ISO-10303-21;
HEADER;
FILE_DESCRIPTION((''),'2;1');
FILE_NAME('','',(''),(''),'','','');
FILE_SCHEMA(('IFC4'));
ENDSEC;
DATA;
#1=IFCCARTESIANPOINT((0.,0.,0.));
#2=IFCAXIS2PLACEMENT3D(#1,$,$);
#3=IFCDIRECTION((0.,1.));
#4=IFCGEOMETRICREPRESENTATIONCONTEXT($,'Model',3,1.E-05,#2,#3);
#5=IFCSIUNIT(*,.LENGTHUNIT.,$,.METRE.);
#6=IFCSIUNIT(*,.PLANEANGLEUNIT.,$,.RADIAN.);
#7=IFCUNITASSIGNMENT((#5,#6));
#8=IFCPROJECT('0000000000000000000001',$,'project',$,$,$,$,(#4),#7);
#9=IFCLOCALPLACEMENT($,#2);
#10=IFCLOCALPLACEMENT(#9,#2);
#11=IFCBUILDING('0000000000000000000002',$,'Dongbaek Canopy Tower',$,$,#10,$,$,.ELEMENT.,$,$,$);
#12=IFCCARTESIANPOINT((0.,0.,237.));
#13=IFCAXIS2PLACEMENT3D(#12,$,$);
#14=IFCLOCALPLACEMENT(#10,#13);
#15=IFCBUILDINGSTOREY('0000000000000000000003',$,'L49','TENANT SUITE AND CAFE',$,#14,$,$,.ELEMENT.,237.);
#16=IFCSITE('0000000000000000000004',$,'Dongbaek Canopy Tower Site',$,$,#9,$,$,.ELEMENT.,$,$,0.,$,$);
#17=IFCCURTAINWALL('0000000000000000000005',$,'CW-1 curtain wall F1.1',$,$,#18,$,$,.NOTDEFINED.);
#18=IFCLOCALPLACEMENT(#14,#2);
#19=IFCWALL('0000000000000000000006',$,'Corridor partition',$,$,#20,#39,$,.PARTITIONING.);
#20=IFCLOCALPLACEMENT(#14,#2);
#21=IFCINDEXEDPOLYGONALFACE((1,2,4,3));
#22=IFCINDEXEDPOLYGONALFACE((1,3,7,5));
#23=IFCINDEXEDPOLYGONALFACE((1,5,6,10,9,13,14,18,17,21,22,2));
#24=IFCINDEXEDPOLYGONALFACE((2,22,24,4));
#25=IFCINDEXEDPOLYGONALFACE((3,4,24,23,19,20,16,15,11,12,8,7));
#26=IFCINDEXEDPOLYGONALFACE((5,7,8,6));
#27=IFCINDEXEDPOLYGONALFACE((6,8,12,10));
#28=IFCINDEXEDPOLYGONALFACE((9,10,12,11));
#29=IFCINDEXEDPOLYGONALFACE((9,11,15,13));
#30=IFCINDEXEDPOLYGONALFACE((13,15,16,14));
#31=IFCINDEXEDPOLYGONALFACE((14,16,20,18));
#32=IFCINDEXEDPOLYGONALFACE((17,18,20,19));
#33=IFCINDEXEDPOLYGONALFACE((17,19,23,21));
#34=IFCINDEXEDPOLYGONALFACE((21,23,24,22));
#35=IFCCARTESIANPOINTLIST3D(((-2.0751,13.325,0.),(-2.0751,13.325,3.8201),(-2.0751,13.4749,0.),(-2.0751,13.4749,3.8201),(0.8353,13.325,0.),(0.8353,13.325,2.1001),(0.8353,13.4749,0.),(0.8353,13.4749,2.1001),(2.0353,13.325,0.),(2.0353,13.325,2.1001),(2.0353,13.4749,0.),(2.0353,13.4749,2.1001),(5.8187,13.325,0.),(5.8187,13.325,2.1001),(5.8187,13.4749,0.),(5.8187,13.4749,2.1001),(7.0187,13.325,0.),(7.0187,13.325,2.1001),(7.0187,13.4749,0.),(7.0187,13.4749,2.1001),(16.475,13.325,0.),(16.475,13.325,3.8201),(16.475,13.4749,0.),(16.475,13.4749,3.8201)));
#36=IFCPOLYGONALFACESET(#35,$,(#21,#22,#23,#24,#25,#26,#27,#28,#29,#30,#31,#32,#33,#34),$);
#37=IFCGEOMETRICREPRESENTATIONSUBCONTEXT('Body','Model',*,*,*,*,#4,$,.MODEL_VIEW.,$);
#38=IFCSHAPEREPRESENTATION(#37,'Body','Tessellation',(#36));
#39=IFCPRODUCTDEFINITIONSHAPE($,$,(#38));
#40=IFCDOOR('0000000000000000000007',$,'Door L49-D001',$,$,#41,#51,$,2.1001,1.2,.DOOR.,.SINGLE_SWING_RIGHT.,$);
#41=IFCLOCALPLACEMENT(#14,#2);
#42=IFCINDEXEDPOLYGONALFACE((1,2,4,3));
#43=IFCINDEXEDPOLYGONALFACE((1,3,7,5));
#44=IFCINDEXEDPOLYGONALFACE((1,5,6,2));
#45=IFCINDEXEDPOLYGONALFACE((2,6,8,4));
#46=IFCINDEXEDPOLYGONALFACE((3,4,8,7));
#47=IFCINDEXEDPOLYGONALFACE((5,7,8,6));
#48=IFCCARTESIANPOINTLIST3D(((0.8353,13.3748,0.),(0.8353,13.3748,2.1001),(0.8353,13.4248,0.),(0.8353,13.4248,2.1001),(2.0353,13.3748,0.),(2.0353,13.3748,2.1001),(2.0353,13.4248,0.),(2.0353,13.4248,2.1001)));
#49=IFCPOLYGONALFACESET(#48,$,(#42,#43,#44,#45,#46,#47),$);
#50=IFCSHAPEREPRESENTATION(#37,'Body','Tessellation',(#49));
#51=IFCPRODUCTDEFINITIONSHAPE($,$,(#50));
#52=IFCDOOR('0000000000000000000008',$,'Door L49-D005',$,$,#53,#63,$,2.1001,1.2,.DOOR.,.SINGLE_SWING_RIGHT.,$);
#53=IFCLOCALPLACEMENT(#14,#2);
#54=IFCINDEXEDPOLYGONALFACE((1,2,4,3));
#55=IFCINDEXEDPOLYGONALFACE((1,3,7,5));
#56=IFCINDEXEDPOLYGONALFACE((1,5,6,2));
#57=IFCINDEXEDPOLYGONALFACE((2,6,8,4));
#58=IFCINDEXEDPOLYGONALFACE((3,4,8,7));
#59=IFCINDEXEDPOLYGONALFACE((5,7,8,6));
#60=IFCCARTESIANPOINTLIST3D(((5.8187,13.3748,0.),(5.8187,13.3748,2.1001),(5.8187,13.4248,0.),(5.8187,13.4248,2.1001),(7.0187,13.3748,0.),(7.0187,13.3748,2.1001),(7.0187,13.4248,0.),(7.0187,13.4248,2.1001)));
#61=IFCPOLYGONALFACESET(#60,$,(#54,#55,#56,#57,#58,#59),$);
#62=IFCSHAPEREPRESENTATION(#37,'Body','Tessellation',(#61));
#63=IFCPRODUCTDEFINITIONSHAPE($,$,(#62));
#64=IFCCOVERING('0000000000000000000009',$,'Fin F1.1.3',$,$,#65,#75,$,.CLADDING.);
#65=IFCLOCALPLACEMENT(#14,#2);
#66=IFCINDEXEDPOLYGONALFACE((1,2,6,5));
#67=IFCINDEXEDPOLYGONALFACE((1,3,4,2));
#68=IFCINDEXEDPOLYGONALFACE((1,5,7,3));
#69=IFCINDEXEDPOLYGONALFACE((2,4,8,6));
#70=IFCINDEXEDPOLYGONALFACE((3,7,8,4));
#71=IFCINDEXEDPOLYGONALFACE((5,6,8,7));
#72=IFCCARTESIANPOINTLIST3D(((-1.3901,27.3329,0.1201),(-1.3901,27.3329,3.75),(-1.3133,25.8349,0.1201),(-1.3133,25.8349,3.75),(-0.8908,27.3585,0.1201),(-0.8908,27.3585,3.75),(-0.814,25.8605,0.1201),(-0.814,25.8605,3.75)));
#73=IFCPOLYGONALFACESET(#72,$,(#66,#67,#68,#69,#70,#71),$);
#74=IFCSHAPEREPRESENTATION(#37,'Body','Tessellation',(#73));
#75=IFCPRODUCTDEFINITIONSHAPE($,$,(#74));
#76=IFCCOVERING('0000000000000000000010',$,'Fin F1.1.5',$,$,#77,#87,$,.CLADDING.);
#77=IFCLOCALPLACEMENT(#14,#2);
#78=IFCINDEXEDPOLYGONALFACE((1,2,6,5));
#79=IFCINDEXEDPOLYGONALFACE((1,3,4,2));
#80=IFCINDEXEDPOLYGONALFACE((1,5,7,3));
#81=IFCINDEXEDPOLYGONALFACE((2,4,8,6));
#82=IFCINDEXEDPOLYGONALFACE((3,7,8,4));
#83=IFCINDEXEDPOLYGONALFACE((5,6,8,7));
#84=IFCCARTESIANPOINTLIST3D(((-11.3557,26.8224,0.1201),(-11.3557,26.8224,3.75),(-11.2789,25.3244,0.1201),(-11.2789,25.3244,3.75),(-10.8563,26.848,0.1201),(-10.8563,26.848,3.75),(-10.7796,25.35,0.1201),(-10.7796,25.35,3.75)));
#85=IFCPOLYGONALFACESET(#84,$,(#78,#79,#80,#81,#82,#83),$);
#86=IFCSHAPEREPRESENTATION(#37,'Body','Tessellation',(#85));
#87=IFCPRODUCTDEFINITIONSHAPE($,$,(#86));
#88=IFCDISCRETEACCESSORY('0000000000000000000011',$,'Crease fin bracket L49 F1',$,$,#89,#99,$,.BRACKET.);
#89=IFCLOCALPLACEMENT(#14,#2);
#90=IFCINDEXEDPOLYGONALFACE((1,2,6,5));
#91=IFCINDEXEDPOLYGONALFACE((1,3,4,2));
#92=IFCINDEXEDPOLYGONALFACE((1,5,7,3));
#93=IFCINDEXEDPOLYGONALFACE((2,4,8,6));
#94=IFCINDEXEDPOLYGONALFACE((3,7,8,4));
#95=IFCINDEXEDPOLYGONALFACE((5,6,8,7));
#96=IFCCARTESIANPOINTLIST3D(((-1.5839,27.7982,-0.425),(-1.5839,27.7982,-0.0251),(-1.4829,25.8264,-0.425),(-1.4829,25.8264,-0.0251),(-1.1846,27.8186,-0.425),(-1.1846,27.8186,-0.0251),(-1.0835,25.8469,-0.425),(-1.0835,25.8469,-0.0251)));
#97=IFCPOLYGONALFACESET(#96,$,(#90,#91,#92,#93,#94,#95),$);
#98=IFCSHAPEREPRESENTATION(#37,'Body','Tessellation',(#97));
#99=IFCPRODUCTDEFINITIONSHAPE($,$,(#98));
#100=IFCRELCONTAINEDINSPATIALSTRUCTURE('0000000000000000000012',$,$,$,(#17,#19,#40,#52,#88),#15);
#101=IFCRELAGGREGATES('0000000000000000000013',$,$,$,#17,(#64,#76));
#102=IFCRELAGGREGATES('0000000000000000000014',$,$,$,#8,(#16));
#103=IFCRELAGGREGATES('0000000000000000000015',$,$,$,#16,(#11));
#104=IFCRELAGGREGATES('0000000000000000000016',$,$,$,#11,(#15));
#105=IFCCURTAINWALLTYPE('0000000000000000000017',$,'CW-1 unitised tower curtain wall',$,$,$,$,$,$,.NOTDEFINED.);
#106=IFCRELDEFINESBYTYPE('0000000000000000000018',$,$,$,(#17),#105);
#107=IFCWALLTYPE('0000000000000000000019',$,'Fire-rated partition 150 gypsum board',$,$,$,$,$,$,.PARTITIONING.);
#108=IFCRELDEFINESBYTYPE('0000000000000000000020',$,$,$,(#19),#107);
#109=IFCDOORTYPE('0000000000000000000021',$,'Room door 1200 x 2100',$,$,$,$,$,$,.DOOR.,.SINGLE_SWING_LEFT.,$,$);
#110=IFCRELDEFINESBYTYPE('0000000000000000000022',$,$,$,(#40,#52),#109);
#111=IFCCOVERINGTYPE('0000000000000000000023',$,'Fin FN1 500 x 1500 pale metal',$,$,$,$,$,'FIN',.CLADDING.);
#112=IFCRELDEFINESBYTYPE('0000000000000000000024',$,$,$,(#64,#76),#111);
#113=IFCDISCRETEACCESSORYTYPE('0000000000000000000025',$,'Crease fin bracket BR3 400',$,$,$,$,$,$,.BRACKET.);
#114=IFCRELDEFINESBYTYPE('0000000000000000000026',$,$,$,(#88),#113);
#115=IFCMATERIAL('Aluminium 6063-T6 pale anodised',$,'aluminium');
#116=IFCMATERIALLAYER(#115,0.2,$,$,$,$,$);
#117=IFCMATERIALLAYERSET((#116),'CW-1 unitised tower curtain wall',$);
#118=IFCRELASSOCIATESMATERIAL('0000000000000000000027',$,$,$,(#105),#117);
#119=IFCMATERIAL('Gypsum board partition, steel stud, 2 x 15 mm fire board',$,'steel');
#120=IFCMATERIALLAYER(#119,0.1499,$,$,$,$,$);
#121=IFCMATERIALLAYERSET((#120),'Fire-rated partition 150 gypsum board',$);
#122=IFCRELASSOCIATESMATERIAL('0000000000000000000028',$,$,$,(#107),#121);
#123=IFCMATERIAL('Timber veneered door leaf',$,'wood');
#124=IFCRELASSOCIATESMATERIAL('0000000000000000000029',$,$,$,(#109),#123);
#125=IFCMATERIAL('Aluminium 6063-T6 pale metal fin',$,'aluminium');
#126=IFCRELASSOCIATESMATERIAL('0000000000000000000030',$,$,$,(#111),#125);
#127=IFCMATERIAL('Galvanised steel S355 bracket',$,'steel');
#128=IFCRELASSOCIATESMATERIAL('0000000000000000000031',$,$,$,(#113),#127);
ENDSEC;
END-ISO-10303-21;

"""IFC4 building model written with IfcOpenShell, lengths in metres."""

from ifc_helpers import new_model, si_unit, direction, frame, frame_2d, origin, origin_2d, place, context, subcontext, project, spatial, rectangle, extrude, material, layer, layer_set, material_profile, profile_set, type_object, element, fill, aggregate, save


model = new_model("IFC4")

# Units and contexts
model_context = context("Model", 3, precision=1e-05, world=origin(), true_north=direction((0.0, 1.0)))
body_context = subcontext(model_context, "Body", "Model", "MODEL_VIEW")
ifc_project = project(units=[si_unit("LENGTHUNIT", "METRE"), si_unit("PLANEANGLEUNIT", "RADIAN")], contexts=[model_context])

# Site, building, storey
site_placement = place(None, origin())
site = spatial("IfcSite", under=ifc_project, at=site_placement, Name="Dongbaek Canopy Tower Site", CompositionType="ELEMENT", RefElevation=0.0)
building_placement = place(site_placement, origin())
building = spatial("IfcBuilding", under=site, at=building_placement, Name="Dongbaek Canopy Tower", CompositionType="ELEMENT")
storey_placement = place(building_placement, frame((0.0, 0.0, 237.0)))
storey = spatial("IfcBuildingStorey", under=building, at=storey_placement, Name="L49", Description="TENANT SUITE AND CAFE", CompositionType="ELEMENT", Elevation=237.0)

# Curtain wall
ifc_material_1 = material(Name="Aluminium 6063-T6 pale anodised", Category="aluminium")
ifc_layer_1 = layer(ifc_material_1, 0.2)
ifc_layer_set_1 = layer_set([ifc_layer_1], Name="CW-1 unitised tower curtain wall")
curtain_wall_type = type_object("IfcCurtainWallType", Name="CW-1 unitised tower curtain wall", PredefinedType="NOTDEFINED", material=ifc_layer_set_1)
curtain_wall_1_placement = place(storey_placement, origin())
curtain_wall_1 = element("IfcCurtainWall", 1, at=curtain_wall_1_placement, inside=storey, type_object=curtain_wall_type, Name="CW-1 curtain wall F1.1", PredefinedType="NOTDEFINED")

# Wall, openings, doors
ifc_material_2 = material(Name="Gypsum board partition, steel stud, 2 x 15 mm fire board", Category="steel")
ifc_layer_2 = layer(ifc_material_2, 0.1499)
ifc_layer_set_2 = layer_set([ifc_layer_2], Name="Fire-rated partition 150 gypsum board")
wall_type = type_object("IfcWallType", Name="Fire-rated partition 150 gypsum board", PredefinedType="PARTITIONING", material=ifc_layer_set_2)
wall_placement = place(storey_placement, frame((-2.075, 13.3999, 0.0), z_axis=(0.0, 0.0, 1.0), x_axis=(1.0, 0.0, 0.0)))
wall = element("IfcWall", 2, at=wall_placement, inside=storey, type_object=wall_type, Name="Corridor partition", PredefinedType="PARTITIONING", context=body_context, shape_type="SweptSolid", body=[
    extrude(rectangle(XDim=18.55, YDim=0.1499, at=frame_2d((9.2749, 0.0))), origin(), (0.0, 0.0, 1.0), 3.8201),
])
opening_1_placement = place(wall_placement, frame((2.9102, 0.0, 0.0)))
opening_1 = element("IfcOpeningElement", 3, at=opening_1_placement, cuts=wall, PredefinedType="OPENING", context=body_context, shape_type="SweptSolid", body=[
    extrude(rectangle(XDim=1.2, YDim=2.1001, at=frame_2d((0.6001, 1.05))), frame((0.0, 0.085, 0.0), z_axis=(0.0, -1.0, 0.0), x_axis=(1.0, 0.0, 0.0)), (0.0, 0.0, 1.0), 0.1699),
])
opening_2_placement = place(wall_placement, frame((7.8936, 0.0, 0.0)))
opening_2 = element("IfcOpeningElement", 4, at=opening_2_placement, cuts=wall, PredefinedType="OPENING", context=body_context, shape_type="SweptSolid", body=[
    extrude(rectangle(XDim=1.2, YDim=2.1001, at=frame_2d((0.6001, 1.05))), frame((0.0, 0.085, 0.0), z_axis=(0.0, -1.0, 0.0), x_axis=(1.0, 0.0, 0.0)), (0.0, 0.0, 1.0), 0.1699),
])
ifc_material_3 = material(Name="Timber veneered door leaf", Category="wood")
door_type = type_object("IfcDoorType", Name="Room door 1200 x 2100", OperationType="SINGLE_SWING_LEFT", PredefinedType="DOOR", material=ifc_material_3)
door_1_placement = place(opening_1_placement, origin())
door_1 = element("IfcDoor", 5, at=door_1_placement, inside=storey, type_object=door_type, Name="Door L49-D001", OperationType="SINGLE_SWING_RIGHT", OverallHeight=2.1001, OverallWidth=1.2, PredefinedType="DOOR", context=body_context, shape_type="SweptSolid", body=[
    extrude(rectangle(XDim=1.2, YDim=2.1001, at=frame_2d((0.6001, 1.05))), frame((0.0, 0.0249, 0.0), z_axis=(0.0, -1.0, 0.0), x_axis=(1.0, 0.0, 0.0)), (0.0, 0.0, 1.0), 0.05),
])
fill(opening_1, door_1)
door_2_placement = place(opening_2_placement, origin())
door_2 = element("IfcDoor", 6, at=door_2_placement, inside=storey, type_object=door_type, Name="Door L49-D005", OperationType="SINGLE_SWING_RIGHT", OverallHeight=2.1001, OverallWidth=1.2, PredefinedType="DOOR", context=body_context, shape_type="SweptSolid", body=[
    extrude(rectangle(XDim=1.2, YDim=2.1001, at=frame_2d((0.6001, 1.05))), frame((0.0, 0.0249, 0.0), z_axis=(0.0, -1.0, 0.0), x_axis=(1.0, 0.0, 0.0)), (0.0, 0.0, 1.0), 0.05),
])
fill(opening_2, door_2)

# Coverings
ifc_material_4 = material(Name="Aluminium 6063-T6 pale metal fin", Category="aluminium")
ifc_material_profile_1 = material_profile(ifc_material_4, rectangle(XDim=1.5, YDim=0.5, at=origin_2d()), Name="Fin FN1 500 x 1500 pale metal")
ifc_profile_set_1 = profile_set([ifc_material_profile_1], Name="Aluminium 6063-T6 pale metal fin")
covering_type = type_object("IfcCoveringType", Name="Fin FN1 500 x 1500 pale metal", ElementType="FIN", PredefinedType="CLADDING", material=ifc_profile_set_1)
covering_1_placement = place(storey_placement, frame((-1.1021, 26.5967, 0.1201), z_axis=(0.0, 0.0, 1.0), x_axis=(-0.051171, 0.99869, 0.0)))
covering_1 = element("IfcCovering", 7, at=covering_1_placement, type_object=covering_type, Name="Fin F1.1.3", PredefinedType="CLADDING", context=body_context, shape_type="SweptSolid", body=[
    extrude(rectangle(XDim=1.5, YDim=0.5, at=origin_2d()), origin(), (0.0, 0.0, 1.0), 3.6299),
])
covering_2_placement = place(storey_placement, frame((-11.0676, 26.0862, 0.1201), z_axis=(0.0, 0.0, 1.0), x_axis=(-0.051171, 0.99869, 0.0)))
covering_2 = element("IfcCovering", 8, at=covering_2_placement, type_object=covering_type, Name="Fin F1.1.5", PredefinedType="CLADDING", context=body_context, shape_type="SweptSolid", body=[
    extrude(rectangle(XDim=1.5, YDim=0.5, at=origin_2d()), origin(), (0.0, 0.0, 1.0), 3.6299),
])
aggregate(curtain_wall_1, [covering_1, covering_2])

# Discrete accessory
ifc_material_5 = material(Name="Galvanised steel S355 bracket", Category="steel")
discrete_accessory_type = type_object("IfcDiscreteAccessoryType", Name="Crease fin bracket BR3 400", PredefinedType="BRACKET", material=ifc_material_5)
discrete_accessory_placement = place(storey_placement, frame((-1.3337, 26.8225, -0.425), z_axis=(0.0, 0.0, 1.0), x_axis=(-0.051172, 0.99869, 0.0)))
element("IfcDiscreteAccessory", 9, at=discrete_accessory_placement, inside=storey, type_object=discrete_accessory_type, Name="Crease fin bracket L49 F1", PredefinedType="BRACKET", context=body_context, shape_type="SweptSolid", body=[
    extrude(rectangle(XDim=1.9744, YDim=0.3999, at=origin_2d()), origin(), (0.0, 0.0, 1.0), 0.3999),
])

save(model, "model.ifc")
